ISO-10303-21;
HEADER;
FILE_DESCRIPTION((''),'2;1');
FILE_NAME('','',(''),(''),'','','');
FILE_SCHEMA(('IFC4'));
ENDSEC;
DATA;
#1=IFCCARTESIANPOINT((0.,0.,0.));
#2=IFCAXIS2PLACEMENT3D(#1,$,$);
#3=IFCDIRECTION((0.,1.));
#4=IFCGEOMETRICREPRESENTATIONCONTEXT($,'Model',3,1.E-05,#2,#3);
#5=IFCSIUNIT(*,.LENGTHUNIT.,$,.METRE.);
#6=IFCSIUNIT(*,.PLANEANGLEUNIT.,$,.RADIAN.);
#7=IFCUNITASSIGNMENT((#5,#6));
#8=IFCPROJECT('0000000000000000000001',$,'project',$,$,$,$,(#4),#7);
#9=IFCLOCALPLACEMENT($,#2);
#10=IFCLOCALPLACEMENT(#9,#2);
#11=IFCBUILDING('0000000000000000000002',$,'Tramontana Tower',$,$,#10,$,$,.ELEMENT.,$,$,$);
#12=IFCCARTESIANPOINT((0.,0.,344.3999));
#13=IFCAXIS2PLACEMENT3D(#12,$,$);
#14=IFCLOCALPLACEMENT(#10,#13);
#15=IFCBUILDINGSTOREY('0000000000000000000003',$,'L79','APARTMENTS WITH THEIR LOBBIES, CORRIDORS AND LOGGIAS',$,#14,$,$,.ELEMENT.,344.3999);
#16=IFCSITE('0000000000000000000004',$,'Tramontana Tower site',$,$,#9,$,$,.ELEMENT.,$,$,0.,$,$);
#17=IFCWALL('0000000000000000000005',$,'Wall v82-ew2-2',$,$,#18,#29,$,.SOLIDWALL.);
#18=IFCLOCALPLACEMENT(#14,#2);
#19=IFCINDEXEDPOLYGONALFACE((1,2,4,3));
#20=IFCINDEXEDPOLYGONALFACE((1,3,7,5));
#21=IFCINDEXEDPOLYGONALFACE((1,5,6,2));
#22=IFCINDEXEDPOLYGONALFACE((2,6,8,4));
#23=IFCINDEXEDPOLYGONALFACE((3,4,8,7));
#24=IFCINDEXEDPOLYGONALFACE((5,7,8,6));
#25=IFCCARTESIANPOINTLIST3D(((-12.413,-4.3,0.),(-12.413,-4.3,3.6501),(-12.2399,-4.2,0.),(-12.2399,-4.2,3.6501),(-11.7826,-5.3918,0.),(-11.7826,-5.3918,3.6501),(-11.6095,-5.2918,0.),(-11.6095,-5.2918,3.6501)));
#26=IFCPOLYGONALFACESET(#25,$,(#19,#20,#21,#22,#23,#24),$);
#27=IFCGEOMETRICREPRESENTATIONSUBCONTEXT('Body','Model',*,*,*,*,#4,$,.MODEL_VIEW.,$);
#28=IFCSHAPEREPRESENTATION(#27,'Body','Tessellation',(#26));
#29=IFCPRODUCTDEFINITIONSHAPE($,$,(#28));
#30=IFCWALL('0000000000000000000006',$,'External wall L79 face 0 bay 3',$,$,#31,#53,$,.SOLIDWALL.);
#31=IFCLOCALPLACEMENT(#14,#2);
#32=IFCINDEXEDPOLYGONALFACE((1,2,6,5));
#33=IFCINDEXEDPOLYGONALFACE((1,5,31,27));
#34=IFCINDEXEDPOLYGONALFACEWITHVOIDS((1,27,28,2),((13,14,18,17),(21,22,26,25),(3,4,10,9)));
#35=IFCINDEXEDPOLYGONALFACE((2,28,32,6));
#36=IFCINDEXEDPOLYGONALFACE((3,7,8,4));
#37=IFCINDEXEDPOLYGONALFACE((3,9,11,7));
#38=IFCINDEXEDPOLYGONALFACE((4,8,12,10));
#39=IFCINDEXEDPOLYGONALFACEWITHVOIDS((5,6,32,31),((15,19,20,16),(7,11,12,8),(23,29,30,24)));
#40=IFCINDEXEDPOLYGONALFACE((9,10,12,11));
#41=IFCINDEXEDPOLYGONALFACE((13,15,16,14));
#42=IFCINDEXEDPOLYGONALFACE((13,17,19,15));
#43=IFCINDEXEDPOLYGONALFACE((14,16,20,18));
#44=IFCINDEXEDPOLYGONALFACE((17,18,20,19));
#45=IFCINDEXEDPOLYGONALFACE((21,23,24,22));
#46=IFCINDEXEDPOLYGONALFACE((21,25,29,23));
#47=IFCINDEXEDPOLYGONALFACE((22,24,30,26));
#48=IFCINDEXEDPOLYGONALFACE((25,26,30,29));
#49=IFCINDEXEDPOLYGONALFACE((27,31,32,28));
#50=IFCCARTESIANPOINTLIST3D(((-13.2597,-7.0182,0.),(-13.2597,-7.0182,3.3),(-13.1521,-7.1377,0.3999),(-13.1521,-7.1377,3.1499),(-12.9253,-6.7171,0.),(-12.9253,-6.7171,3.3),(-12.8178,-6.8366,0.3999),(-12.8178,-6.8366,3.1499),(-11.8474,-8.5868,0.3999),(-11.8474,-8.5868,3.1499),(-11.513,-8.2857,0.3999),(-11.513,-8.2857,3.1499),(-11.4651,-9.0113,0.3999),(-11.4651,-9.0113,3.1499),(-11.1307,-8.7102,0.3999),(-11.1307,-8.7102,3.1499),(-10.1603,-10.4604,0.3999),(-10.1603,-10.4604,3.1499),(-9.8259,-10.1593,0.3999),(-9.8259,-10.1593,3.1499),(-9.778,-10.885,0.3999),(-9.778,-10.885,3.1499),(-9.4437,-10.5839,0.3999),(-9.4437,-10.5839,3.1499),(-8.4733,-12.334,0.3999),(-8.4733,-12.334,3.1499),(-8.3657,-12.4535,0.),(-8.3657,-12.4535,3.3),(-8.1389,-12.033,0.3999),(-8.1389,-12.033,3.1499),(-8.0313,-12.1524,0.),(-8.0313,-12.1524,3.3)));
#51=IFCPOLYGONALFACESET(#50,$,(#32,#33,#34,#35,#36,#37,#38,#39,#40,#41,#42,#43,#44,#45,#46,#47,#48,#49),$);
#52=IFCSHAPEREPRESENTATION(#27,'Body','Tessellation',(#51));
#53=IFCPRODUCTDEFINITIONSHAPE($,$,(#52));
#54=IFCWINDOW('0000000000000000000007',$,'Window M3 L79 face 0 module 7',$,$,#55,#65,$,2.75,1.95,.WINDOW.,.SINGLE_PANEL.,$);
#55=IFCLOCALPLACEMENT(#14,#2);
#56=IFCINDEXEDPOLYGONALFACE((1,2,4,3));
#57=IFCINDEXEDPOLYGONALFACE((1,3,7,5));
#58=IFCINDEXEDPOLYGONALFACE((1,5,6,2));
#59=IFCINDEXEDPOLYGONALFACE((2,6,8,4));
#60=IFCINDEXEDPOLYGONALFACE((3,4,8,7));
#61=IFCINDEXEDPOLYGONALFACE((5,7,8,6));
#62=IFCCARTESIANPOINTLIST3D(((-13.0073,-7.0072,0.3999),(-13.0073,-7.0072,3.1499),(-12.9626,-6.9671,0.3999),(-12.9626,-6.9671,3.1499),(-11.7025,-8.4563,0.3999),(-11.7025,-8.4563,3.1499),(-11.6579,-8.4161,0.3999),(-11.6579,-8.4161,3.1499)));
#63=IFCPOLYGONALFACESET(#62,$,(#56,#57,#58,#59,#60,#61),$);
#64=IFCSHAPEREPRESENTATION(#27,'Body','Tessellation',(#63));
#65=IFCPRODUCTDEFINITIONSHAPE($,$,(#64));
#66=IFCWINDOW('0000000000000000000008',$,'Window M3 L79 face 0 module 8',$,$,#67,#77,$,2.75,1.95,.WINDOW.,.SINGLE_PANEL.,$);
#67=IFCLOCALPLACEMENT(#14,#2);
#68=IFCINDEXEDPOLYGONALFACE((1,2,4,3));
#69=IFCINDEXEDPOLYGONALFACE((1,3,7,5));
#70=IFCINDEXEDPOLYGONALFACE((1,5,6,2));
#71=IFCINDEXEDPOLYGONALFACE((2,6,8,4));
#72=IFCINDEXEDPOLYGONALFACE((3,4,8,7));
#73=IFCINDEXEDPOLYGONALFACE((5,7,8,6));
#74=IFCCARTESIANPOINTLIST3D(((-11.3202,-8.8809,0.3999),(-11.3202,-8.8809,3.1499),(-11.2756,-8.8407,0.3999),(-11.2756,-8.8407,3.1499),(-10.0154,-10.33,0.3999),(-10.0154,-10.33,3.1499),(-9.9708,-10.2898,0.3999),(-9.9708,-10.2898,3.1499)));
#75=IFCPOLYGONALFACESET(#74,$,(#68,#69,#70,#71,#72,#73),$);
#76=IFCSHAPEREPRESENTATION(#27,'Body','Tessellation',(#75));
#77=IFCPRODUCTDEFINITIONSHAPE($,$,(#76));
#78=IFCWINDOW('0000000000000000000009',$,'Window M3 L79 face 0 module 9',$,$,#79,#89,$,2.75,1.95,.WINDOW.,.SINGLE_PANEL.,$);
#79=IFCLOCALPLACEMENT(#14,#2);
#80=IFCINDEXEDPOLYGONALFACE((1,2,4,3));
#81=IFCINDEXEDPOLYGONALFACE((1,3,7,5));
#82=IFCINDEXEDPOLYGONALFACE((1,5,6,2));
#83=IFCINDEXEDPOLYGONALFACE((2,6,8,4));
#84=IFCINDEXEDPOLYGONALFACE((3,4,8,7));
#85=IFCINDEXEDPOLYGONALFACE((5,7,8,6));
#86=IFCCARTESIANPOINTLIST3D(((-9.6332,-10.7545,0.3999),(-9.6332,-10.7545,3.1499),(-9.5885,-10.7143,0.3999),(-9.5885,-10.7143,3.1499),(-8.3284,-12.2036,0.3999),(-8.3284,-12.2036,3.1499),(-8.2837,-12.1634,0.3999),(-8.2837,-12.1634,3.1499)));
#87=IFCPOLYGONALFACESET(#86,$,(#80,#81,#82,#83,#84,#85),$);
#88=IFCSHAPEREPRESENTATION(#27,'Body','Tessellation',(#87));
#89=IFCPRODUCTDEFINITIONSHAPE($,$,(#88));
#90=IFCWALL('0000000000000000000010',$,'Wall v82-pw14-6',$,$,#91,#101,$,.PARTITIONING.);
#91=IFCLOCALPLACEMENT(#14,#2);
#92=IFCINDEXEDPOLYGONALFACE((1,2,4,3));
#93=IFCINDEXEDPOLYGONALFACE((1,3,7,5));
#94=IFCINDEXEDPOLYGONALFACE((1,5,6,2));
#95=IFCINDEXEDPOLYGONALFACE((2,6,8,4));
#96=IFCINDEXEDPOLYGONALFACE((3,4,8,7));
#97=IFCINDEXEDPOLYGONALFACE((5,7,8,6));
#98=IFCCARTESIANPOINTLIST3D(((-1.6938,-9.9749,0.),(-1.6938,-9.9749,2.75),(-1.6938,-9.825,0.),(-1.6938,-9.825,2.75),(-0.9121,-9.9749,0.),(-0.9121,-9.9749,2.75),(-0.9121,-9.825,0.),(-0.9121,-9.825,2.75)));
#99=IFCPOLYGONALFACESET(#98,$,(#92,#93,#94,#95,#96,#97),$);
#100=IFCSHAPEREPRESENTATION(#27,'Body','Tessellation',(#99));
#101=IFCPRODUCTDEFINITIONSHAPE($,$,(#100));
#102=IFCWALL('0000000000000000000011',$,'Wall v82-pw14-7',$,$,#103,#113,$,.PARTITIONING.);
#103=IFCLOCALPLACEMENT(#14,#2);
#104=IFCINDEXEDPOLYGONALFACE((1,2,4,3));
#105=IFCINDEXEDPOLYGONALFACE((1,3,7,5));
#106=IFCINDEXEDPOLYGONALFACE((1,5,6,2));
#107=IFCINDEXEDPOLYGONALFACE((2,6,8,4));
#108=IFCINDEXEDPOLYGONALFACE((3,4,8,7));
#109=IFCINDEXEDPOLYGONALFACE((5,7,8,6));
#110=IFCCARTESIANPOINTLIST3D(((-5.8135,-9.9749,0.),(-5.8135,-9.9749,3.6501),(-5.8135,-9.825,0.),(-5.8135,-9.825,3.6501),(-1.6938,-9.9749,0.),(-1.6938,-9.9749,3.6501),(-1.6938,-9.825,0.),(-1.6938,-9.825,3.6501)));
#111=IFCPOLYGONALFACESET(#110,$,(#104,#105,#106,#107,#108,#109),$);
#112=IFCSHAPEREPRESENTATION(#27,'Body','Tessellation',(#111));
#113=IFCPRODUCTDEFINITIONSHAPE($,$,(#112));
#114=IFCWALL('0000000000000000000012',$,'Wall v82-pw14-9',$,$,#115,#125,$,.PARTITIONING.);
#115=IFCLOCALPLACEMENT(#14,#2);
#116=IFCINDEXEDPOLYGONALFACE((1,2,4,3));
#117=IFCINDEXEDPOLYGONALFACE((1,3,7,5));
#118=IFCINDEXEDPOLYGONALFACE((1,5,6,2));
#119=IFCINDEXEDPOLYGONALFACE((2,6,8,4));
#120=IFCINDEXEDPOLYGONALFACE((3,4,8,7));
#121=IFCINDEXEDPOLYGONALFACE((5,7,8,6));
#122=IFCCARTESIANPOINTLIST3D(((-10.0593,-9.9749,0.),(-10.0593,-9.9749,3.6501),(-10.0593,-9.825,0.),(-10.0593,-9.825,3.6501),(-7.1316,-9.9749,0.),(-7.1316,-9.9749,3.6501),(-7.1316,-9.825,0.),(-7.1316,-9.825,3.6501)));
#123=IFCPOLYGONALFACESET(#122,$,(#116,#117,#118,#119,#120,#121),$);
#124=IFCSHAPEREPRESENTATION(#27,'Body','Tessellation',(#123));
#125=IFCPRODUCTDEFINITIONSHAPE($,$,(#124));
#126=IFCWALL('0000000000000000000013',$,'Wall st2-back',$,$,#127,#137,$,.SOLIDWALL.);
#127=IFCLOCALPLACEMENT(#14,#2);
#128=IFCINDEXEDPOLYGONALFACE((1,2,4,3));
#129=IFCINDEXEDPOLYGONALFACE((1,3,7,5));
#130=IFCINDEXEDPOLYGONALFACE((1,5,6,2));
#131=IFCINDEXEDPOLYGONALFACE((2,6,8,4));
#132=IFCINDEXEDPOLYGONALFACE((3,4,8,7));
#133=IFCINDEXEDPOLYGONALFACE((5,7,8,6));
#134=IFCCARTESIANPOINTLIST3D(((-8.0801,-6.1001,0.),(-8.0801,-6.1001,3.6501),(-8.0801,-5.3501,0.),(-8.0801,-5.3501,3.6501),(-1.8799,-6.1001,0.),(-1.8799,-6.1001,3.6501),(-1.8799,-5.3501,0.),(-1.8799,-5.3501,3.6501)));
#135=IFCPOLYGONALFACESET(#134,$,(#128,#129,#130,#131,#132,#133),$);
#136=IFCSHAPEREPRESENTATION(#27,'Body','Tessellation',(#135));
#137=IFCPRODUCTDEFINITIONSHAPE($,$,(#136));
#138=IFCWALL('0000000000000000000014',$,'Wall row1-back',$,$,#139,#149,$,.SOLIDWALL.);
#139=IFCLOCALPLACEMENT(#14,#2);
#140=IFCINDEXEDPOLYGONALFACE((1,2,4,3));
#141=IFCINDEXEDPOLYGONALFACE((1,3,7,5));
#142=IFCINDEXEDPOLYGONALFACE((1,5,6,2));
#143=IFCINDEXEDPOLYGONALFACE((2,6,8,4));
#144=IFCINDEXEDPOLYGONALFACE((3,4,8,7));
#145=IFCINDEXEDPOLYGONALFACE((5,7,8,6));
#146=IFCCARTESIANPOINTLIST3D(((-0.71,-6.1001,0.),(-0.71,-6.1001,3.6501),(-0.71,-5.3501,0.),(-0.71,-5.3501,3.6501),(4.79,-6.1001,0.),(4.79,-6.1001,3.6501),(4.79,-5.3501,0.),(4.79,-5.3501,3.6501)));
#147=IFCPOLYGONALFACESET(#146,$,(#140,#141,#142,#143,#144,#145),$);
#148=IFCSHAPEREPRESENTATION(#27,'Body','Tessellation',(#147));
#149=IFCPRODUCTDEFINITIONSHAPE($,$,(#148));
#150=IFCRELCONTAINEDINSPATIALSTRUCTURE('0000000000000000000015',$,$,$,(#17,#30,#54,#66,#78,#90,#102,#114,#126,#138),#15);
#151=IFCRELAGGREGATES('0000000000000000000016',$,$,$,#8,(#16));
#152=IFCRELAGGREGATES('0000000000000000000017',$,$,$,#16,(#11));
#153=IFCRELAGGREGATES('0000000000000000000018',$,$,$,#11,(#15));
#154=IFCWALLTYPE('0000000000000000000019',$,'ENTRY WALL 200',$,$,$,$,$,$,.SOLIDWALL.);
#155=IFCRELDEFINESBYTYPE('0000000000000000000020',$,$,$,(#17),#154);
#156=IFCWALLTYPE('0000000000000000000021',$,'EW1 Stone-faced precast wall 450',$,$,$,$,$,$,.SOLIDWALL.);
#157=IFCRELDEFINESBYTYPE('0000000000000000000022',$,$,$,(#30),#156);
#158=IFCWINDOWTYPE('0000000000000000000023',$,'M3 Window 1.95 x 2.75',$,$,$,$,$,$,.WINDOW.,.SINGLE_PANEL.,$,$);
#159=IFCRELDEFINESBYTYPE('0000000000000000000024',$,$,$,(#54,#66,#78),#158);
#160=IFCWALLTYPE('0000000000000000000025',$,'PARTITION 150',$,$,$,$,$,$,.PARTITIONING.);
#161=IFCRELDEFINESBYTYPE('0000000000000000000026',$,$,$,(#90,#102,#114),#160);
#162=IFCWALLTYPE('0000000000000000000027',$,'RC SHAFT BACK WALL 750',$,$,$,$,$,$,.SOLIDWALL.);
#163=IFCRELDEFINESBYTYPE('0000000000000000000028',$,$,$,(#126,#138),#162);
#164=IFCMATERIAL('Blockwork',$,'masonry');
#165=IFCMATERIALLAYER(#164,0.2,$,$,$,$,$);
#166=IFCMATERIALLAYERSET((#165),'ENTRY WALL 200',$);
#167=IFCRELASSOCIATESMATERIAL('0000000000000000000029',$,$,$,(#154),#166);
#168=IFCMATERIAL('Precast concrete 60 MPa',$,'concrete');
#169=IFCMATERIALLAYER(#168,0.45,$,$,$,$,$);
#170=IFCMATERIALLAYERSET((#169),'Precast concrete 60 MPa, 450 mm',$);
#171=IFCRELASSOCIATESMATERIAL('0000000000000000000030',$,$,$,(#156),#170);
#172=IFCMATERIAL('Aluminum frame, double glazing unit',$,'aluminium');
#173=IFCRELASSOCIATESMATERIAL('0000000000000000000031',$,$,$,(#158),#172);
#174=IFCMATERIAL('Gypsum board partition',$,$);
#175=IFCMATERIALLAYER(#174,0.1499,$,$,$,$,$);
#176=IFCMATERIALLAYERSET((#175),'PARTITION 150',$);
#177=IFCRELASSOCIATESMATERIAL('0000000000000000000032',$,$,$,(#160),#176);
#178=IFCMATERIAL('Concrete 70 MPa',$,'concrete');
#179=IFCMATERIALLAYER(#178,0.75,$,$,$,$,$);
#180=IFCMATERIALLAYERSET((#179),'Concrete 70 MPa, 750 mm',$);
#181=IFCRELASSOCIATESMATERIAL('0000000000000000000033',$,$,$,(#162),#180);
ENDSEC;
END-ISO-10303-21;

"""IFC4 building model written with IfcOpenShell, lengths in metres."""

from ifc_helpers import new_model, si_unit, direction, frame, frame_2d, origin, place, context, subcontext, project, spatial, rectangle, extrude, material, layer, layer_set, type_object, element, fill, save


model = new_model("IFC4")

# Units and contexts
model_context = context("Model", 3, precision=1e-05, world=origin(), true_north=direction((0.0, 1.0)))
body_context = subcontext(model_context, "Body", "Model", "MODEL_VIEW")
ifc_project = project(units=[si_unit("LENGTHUNIT", "METRE"), si_unit("PLANEANGLEUNIT", "RADIAN")], contexts=[model_context])

# Site, building, storey
site_placement = place(None, origin())
site = spatial("IfcSite", under=ifc_project, at=site_placement, Name="Tramontana Tower site", CompositionType="ELEMENT", RefElevation=0.0)
building_placement = place(site_placement, origin())
building = spatial("IfcBuilding", under=site, at=building_placement, Name="Tramontana Tower", CompositionType="ELEMENT")
storey_placement = place(building_placement, frame((0.0, 0.0, 344.3999)))
storey = spatial("IfcBuildingStorey", under=building, at=storey_placement, Name="L79", Description="APARTMENTS WITH THEIR LOBBIES, CORRIDORS AND LOGGIAS", CompositionType="ELEMENT", Elevation=344.3999)

# Wall
ifc_material_1 = material(Name="Blockwork", Category="masonry")
ifc_layer_1 = layer(ifc_material_1, 0.2)
ifc_layer_set_1 = layer_set([ifc_layer_1], Name="ENTRY WALL 200")
wall_type_1 = type_object("IfcWallType", Name="ENTRY WALL 200", PredefinedType="SOLIDWALL", material=ifc_layer_set_1)
wall_1_placement = place(storey_placement, frame((-11.696, -5.3418, 0.0), z_axis=(0.0, 0.0, 1.0), x_axis=(-0.500013, 0.866018, 0.0)))
element("IfcWall", 1, at=wall_1_placement, inside=storey, type_object=wall_type_1, Name="Wall v82-ew2-2", PredefinedType="SOLIDWALL", context=body_context, shape_type="SweptSolid", body=[
    extrude(rectangle(XDim=1.2607, YDim=0.2, at=frame_2d((0.6304, 0.0))), origin(), (0.0, 0.0, 1.0), 3.6501),
])

# Wall, openings, windows
ifc_material_2 = material(Name="Precast concrete 60 MPa", Category="concrete")
ifc_layer_2 = layer(ifc_material_2, 0.45)
ifc_layer_set_2 = layer_set([ifc_layer_2], Name="Precast concrete 60 MPa, 450 mm")
wall_type_2 = type_object("IfcWallType", Name="EW1 Stone-faced precast wall 450", PredefinedType="SOLIDWALL", material=ifc_layer_set_2)
wall_2_placement = place(storey_placement, frame((-13.0925, -6.8677, 0.0), z_axis=(0.0, 0.0, 1.0), x_axis=(0.669136, -0.74314, 0.0)))
wall_2 = element("IfcWall", 2, at=wall_2_placement, inside=storey, type_object=wall_type_2, Name="External wall L79 face 0 bay 3", PredefinedType="SOLIDWALL", context=body_context, shape_type="SweptSolid", body=[
    extrude(rectangle(XDim=7.314, YDim=0.45, at=frame_2d((3.657, 0.0))), origin(), (0.0, 0.0, 1.0), 3.3),
])
opening_1_placement = place(wall_2_placement, frame((0.1606, 0.0, 0.3999)))
opening_1 = element("IfcOpeningElement", 3, at=opening_1_placement, cuts=wall_2, PredefinedType="OPENING", context=body_context, shape_type="SweptSolid", body=[
    extrude(rectangle(XDim=1.95, YDim=2.75, at=frame_2d((0.9751, 1.375))), frame((0.0, 0.2349, 0.0), z_axis=(0.0, -1.0, 0.0), x_axis=(1.0, 0.0, 0.0)), (0.0, 0.0, 1.0), 0.47),
])
opening_2_placement = place(wall_2_placement, frame((2.6819, 0.0, 0.3999)))
opening_2 = element("IfcOpeningElement", 4, at=opening_2_placement, cuts=wall_2, PredefinedType="OPENING", context=body_context, shape_type="SweptSolid", body=[
    extrude(rectangle(XDim=1.95, YDim=2.75, at=frame_2d((0.9751, 1.375))), frame((0.0, 0.2349, 0.0), z_axis=(0.0, -1.0, 0.0), x_axis=(1.0, 0.0, 0.0)), (0.0, 0.0, 1.0), 0.47),
])
opening_3_placement = place(wall_2_placement, frame((5.2031, 0.0, 0.3999)))
opening_3 = element("IfcOpeningElement", 5, at=opening_3_placement, cuts=wall_2, PredefinedType="OPENING", context=body_context, shape_type="SweptSolid", body=[
    extrude(rectangle(XDim=1.95, YDim=2.75, at=frame_2d((0.9751, 1.375))), frame((0.0, 0.2349, 0.0), z_axis=(0.0, -1.0, 0.0), x_axis=(1.0, 0.0, 0.0)), (0.0, 0.0, 1.0), 0.47),
])
ifc_material_3 = material(Name="Aluminum frame, double glazing unit", Category="aluminium")
window_type = type_object("IfcWindowType", Name="M3 Window 1.95 x 2.75", PartitioningType="SINGLE_PANEL", PredefinedType="WINDOW", material=ifc_material_3)
window_1_placement = place(opening_1_placement, origin())
window_1 = element("IfcWindow", 6, at=window_1_placement, inside=storey, type_object=window_type, Name="Window M3 L79 face 0 module 7", OverallHeight=2.75, OverallWidth=1.95, PartitioningType="SINGLE_PANEL", PredefinedType="WINDOW", context=body_context, shape_type="SweptSolid", body=[
    extrude(rectangle(XDim=1.95, YDim=2.75, at=frame_2d((0.9751, 1.375))), frame((0.0, 0.03, 0.0), z_axis=(0.0, -1.0, 0.0), x_axis=(1.0, 0.0, 0.0)), (0.0, 0.0, 1.0), 0.0601),
])
fill(opening_1, window_1)
window_2_placement = place(opening_2_placement, origin())
window_2 = element("IfcWindow", 7, at=window_2_placement, inside=storey, type_object=window_type, Name="Window M3 L79 face 0 module 8", OverallHeight=2.75, OverallWidth=1.95, PartitioningType="SINGLE_PANEL", PredefinedType="WINDOW", context=body_context, shape_type="SweptSolid", body=[
    extrude(rectangle(XDim=1.95, YDim=2.75, at=frame_2d((0.9751, 1.375))), frame((0.0, 0.03, 0.0), z_axis=(0.0, -1.0, 0.0), x_axis=(1.0, 0.0, 0.0)), (0.0, 0.0, 1.0), 0.0601),
])
fill(opening_2, window_2)
window_3_placement = place(opening_3_placement, origin())
window_3 = element("IfcWindow", 8, at=window_3_placement, inside=storey, type_object=window_type, Name="Window M3 L79 face 0 module 9", OverallHeight=2.75, OverallWidth=1.95, PartitioningType="SINGLE_PANEL", PredefinedType="WINDOW", context=body_context, shape_type="SweptSolid", body=[
    extrude(rectangle(XDim=1.95, YDim=2.75, at=frame_2d((0.9751, 1.375))), frame((0.0, 0.03, 0.0), z_axis=(0.0, -1.0, 0.0), x_axis=(1.0, 0.0, 0.0)), (0.0, 0.0, 1.0), 0.0601),
])
fill(opening_3, window_3)

# Shared definitions
ifc_material_4 = material(Name="Gypsum board partition")
ifc_layer_3 = layer(ifc_material_4, 0.1499)
ifc_layer_set_3 = layer_set([ifc_layer_3], Name="PARTITION 150")
wall_type_3 = type_object("IfcWallType", Name="PARTITION 150", PredefinedType="PARTITIONING", material=ifc_layer_set_3)

# Walls
wall_3_placement = place(storey_placement, frame((-0.9121, -9.8999, 0.0), z_axis=(0.0, 0.0, 1.0), x_axis=(-1.0, 0.0, 0.0)))
element("IfcWall", 9, at=wall_3_placement, inside=storey, type_object=wall_type_3, Name="Wall v82-pw14-6", PredefinedType="PARTITIONING", context=body_context, shape_type="SweptSolid", body=[
    extrude(rectangle(XDim=0.7817, YDim=0.1499, at=frame_2d((0.3909, 0.0))), origin(), (0.0, 0.0, 1.0), 2.75),
])
wall_4_placement = place(storey_placement, frame((-1.6938, -9.8999, 0.0), z_axis=(0.0, 0.0, 1.0), x_axis=(-1.0, 0.0, 0.0)))
element("IfcWall", 10, at=wall_4_placement, inside=storey, type_object=wall_type_3, Name="Wall v82-pw14-7", PredefinedType="PARTITIONING", context=body_context, shape_type="SweptSolid", body=[
    extrude(rectangle(XDim=4.1196, YDim=0.1499, at=frame_2d((2.0598, 0.0))), origin(), (0.0, 0.0, 1.0), 3.6501),
])

# Walls
wall_5_placement = place(storey_placement, frame((-7.1316, -9.8999, 0.0), z_axis=(0.0, 0.0, 1.0), x_axis=(-1.0, 0.0, 0.0)))
element("IfcWall", 11, at=wall_5_placement, inside=storey, type_object=wall_type_3, Name="Wall v82-pw14-9", PredefinedType="PARTITIONING", context=body_context, shape_type="SweptSolid", body=[
    extrude(rectangle(XDim=2.9277, YDim=0.1499, at=frame_2d((1.4639, 0.0))), origin(), (0.0, 0.0, 1.0), 3.6501),
])
ifc_material_5 = material(Name="Concrete 70 MPa", Category="concrete")
ifc_layer_4 = layer(ifc_material_5, 0.75)
ifc_layer_set_4 = layer_set([ifc_layer_4], Name="Concrete 70 MPa, 750 mm")
wall_type_4 = type_object("IfcWallType", Name="RC SHAFT BACK WALL 750", PredefinedType="SOLIDWALL", material=ifc_layer_set_4)
wall_6_placement = place(storey_placement, frame((-8.0801, -5.7251, 0.0), z_axis=(0.0, 0.0, 1.0), x_axis=(1.0, 0.0, 0.0)))
element("IfcWall", 12, at=wall_6_placement, inside=storey, type_object=wall_type_4, Name="Wall st2-back", PredefinedType="SOLIDWALL", context=body_context, shape_type="SweptSolid", body=[
    extrude(rectangle(XDim=6.2002, YDim=0.75, at=frame_2d((3.1001, 0.0))), origin(), (0.0, 0.0, 1.0), 3.6501),
])
wall_7_placement = place(storey_placement, frame((-0.71, -5.7251, 0.0), z_axis=(0.0, 0.0, 1.0), x_axis=(1.0, 0.0, 0.0)))
element("IfcWall", 13, at=wall_7_placement, inside=storey, type_object=wall_type_4, Name="Wall row1-back", PredefinedType="SOLIDWALL", context=body_context, shape_type="SweptSolid", body=[
    extrude(rectangle(XDim=5.5, YDim=0.75, at=frame_2d((2.75, 0.0))), origin(), (0.0, 0.0, 1.0), 3.6501),
])

save(model, "model.ifc")
